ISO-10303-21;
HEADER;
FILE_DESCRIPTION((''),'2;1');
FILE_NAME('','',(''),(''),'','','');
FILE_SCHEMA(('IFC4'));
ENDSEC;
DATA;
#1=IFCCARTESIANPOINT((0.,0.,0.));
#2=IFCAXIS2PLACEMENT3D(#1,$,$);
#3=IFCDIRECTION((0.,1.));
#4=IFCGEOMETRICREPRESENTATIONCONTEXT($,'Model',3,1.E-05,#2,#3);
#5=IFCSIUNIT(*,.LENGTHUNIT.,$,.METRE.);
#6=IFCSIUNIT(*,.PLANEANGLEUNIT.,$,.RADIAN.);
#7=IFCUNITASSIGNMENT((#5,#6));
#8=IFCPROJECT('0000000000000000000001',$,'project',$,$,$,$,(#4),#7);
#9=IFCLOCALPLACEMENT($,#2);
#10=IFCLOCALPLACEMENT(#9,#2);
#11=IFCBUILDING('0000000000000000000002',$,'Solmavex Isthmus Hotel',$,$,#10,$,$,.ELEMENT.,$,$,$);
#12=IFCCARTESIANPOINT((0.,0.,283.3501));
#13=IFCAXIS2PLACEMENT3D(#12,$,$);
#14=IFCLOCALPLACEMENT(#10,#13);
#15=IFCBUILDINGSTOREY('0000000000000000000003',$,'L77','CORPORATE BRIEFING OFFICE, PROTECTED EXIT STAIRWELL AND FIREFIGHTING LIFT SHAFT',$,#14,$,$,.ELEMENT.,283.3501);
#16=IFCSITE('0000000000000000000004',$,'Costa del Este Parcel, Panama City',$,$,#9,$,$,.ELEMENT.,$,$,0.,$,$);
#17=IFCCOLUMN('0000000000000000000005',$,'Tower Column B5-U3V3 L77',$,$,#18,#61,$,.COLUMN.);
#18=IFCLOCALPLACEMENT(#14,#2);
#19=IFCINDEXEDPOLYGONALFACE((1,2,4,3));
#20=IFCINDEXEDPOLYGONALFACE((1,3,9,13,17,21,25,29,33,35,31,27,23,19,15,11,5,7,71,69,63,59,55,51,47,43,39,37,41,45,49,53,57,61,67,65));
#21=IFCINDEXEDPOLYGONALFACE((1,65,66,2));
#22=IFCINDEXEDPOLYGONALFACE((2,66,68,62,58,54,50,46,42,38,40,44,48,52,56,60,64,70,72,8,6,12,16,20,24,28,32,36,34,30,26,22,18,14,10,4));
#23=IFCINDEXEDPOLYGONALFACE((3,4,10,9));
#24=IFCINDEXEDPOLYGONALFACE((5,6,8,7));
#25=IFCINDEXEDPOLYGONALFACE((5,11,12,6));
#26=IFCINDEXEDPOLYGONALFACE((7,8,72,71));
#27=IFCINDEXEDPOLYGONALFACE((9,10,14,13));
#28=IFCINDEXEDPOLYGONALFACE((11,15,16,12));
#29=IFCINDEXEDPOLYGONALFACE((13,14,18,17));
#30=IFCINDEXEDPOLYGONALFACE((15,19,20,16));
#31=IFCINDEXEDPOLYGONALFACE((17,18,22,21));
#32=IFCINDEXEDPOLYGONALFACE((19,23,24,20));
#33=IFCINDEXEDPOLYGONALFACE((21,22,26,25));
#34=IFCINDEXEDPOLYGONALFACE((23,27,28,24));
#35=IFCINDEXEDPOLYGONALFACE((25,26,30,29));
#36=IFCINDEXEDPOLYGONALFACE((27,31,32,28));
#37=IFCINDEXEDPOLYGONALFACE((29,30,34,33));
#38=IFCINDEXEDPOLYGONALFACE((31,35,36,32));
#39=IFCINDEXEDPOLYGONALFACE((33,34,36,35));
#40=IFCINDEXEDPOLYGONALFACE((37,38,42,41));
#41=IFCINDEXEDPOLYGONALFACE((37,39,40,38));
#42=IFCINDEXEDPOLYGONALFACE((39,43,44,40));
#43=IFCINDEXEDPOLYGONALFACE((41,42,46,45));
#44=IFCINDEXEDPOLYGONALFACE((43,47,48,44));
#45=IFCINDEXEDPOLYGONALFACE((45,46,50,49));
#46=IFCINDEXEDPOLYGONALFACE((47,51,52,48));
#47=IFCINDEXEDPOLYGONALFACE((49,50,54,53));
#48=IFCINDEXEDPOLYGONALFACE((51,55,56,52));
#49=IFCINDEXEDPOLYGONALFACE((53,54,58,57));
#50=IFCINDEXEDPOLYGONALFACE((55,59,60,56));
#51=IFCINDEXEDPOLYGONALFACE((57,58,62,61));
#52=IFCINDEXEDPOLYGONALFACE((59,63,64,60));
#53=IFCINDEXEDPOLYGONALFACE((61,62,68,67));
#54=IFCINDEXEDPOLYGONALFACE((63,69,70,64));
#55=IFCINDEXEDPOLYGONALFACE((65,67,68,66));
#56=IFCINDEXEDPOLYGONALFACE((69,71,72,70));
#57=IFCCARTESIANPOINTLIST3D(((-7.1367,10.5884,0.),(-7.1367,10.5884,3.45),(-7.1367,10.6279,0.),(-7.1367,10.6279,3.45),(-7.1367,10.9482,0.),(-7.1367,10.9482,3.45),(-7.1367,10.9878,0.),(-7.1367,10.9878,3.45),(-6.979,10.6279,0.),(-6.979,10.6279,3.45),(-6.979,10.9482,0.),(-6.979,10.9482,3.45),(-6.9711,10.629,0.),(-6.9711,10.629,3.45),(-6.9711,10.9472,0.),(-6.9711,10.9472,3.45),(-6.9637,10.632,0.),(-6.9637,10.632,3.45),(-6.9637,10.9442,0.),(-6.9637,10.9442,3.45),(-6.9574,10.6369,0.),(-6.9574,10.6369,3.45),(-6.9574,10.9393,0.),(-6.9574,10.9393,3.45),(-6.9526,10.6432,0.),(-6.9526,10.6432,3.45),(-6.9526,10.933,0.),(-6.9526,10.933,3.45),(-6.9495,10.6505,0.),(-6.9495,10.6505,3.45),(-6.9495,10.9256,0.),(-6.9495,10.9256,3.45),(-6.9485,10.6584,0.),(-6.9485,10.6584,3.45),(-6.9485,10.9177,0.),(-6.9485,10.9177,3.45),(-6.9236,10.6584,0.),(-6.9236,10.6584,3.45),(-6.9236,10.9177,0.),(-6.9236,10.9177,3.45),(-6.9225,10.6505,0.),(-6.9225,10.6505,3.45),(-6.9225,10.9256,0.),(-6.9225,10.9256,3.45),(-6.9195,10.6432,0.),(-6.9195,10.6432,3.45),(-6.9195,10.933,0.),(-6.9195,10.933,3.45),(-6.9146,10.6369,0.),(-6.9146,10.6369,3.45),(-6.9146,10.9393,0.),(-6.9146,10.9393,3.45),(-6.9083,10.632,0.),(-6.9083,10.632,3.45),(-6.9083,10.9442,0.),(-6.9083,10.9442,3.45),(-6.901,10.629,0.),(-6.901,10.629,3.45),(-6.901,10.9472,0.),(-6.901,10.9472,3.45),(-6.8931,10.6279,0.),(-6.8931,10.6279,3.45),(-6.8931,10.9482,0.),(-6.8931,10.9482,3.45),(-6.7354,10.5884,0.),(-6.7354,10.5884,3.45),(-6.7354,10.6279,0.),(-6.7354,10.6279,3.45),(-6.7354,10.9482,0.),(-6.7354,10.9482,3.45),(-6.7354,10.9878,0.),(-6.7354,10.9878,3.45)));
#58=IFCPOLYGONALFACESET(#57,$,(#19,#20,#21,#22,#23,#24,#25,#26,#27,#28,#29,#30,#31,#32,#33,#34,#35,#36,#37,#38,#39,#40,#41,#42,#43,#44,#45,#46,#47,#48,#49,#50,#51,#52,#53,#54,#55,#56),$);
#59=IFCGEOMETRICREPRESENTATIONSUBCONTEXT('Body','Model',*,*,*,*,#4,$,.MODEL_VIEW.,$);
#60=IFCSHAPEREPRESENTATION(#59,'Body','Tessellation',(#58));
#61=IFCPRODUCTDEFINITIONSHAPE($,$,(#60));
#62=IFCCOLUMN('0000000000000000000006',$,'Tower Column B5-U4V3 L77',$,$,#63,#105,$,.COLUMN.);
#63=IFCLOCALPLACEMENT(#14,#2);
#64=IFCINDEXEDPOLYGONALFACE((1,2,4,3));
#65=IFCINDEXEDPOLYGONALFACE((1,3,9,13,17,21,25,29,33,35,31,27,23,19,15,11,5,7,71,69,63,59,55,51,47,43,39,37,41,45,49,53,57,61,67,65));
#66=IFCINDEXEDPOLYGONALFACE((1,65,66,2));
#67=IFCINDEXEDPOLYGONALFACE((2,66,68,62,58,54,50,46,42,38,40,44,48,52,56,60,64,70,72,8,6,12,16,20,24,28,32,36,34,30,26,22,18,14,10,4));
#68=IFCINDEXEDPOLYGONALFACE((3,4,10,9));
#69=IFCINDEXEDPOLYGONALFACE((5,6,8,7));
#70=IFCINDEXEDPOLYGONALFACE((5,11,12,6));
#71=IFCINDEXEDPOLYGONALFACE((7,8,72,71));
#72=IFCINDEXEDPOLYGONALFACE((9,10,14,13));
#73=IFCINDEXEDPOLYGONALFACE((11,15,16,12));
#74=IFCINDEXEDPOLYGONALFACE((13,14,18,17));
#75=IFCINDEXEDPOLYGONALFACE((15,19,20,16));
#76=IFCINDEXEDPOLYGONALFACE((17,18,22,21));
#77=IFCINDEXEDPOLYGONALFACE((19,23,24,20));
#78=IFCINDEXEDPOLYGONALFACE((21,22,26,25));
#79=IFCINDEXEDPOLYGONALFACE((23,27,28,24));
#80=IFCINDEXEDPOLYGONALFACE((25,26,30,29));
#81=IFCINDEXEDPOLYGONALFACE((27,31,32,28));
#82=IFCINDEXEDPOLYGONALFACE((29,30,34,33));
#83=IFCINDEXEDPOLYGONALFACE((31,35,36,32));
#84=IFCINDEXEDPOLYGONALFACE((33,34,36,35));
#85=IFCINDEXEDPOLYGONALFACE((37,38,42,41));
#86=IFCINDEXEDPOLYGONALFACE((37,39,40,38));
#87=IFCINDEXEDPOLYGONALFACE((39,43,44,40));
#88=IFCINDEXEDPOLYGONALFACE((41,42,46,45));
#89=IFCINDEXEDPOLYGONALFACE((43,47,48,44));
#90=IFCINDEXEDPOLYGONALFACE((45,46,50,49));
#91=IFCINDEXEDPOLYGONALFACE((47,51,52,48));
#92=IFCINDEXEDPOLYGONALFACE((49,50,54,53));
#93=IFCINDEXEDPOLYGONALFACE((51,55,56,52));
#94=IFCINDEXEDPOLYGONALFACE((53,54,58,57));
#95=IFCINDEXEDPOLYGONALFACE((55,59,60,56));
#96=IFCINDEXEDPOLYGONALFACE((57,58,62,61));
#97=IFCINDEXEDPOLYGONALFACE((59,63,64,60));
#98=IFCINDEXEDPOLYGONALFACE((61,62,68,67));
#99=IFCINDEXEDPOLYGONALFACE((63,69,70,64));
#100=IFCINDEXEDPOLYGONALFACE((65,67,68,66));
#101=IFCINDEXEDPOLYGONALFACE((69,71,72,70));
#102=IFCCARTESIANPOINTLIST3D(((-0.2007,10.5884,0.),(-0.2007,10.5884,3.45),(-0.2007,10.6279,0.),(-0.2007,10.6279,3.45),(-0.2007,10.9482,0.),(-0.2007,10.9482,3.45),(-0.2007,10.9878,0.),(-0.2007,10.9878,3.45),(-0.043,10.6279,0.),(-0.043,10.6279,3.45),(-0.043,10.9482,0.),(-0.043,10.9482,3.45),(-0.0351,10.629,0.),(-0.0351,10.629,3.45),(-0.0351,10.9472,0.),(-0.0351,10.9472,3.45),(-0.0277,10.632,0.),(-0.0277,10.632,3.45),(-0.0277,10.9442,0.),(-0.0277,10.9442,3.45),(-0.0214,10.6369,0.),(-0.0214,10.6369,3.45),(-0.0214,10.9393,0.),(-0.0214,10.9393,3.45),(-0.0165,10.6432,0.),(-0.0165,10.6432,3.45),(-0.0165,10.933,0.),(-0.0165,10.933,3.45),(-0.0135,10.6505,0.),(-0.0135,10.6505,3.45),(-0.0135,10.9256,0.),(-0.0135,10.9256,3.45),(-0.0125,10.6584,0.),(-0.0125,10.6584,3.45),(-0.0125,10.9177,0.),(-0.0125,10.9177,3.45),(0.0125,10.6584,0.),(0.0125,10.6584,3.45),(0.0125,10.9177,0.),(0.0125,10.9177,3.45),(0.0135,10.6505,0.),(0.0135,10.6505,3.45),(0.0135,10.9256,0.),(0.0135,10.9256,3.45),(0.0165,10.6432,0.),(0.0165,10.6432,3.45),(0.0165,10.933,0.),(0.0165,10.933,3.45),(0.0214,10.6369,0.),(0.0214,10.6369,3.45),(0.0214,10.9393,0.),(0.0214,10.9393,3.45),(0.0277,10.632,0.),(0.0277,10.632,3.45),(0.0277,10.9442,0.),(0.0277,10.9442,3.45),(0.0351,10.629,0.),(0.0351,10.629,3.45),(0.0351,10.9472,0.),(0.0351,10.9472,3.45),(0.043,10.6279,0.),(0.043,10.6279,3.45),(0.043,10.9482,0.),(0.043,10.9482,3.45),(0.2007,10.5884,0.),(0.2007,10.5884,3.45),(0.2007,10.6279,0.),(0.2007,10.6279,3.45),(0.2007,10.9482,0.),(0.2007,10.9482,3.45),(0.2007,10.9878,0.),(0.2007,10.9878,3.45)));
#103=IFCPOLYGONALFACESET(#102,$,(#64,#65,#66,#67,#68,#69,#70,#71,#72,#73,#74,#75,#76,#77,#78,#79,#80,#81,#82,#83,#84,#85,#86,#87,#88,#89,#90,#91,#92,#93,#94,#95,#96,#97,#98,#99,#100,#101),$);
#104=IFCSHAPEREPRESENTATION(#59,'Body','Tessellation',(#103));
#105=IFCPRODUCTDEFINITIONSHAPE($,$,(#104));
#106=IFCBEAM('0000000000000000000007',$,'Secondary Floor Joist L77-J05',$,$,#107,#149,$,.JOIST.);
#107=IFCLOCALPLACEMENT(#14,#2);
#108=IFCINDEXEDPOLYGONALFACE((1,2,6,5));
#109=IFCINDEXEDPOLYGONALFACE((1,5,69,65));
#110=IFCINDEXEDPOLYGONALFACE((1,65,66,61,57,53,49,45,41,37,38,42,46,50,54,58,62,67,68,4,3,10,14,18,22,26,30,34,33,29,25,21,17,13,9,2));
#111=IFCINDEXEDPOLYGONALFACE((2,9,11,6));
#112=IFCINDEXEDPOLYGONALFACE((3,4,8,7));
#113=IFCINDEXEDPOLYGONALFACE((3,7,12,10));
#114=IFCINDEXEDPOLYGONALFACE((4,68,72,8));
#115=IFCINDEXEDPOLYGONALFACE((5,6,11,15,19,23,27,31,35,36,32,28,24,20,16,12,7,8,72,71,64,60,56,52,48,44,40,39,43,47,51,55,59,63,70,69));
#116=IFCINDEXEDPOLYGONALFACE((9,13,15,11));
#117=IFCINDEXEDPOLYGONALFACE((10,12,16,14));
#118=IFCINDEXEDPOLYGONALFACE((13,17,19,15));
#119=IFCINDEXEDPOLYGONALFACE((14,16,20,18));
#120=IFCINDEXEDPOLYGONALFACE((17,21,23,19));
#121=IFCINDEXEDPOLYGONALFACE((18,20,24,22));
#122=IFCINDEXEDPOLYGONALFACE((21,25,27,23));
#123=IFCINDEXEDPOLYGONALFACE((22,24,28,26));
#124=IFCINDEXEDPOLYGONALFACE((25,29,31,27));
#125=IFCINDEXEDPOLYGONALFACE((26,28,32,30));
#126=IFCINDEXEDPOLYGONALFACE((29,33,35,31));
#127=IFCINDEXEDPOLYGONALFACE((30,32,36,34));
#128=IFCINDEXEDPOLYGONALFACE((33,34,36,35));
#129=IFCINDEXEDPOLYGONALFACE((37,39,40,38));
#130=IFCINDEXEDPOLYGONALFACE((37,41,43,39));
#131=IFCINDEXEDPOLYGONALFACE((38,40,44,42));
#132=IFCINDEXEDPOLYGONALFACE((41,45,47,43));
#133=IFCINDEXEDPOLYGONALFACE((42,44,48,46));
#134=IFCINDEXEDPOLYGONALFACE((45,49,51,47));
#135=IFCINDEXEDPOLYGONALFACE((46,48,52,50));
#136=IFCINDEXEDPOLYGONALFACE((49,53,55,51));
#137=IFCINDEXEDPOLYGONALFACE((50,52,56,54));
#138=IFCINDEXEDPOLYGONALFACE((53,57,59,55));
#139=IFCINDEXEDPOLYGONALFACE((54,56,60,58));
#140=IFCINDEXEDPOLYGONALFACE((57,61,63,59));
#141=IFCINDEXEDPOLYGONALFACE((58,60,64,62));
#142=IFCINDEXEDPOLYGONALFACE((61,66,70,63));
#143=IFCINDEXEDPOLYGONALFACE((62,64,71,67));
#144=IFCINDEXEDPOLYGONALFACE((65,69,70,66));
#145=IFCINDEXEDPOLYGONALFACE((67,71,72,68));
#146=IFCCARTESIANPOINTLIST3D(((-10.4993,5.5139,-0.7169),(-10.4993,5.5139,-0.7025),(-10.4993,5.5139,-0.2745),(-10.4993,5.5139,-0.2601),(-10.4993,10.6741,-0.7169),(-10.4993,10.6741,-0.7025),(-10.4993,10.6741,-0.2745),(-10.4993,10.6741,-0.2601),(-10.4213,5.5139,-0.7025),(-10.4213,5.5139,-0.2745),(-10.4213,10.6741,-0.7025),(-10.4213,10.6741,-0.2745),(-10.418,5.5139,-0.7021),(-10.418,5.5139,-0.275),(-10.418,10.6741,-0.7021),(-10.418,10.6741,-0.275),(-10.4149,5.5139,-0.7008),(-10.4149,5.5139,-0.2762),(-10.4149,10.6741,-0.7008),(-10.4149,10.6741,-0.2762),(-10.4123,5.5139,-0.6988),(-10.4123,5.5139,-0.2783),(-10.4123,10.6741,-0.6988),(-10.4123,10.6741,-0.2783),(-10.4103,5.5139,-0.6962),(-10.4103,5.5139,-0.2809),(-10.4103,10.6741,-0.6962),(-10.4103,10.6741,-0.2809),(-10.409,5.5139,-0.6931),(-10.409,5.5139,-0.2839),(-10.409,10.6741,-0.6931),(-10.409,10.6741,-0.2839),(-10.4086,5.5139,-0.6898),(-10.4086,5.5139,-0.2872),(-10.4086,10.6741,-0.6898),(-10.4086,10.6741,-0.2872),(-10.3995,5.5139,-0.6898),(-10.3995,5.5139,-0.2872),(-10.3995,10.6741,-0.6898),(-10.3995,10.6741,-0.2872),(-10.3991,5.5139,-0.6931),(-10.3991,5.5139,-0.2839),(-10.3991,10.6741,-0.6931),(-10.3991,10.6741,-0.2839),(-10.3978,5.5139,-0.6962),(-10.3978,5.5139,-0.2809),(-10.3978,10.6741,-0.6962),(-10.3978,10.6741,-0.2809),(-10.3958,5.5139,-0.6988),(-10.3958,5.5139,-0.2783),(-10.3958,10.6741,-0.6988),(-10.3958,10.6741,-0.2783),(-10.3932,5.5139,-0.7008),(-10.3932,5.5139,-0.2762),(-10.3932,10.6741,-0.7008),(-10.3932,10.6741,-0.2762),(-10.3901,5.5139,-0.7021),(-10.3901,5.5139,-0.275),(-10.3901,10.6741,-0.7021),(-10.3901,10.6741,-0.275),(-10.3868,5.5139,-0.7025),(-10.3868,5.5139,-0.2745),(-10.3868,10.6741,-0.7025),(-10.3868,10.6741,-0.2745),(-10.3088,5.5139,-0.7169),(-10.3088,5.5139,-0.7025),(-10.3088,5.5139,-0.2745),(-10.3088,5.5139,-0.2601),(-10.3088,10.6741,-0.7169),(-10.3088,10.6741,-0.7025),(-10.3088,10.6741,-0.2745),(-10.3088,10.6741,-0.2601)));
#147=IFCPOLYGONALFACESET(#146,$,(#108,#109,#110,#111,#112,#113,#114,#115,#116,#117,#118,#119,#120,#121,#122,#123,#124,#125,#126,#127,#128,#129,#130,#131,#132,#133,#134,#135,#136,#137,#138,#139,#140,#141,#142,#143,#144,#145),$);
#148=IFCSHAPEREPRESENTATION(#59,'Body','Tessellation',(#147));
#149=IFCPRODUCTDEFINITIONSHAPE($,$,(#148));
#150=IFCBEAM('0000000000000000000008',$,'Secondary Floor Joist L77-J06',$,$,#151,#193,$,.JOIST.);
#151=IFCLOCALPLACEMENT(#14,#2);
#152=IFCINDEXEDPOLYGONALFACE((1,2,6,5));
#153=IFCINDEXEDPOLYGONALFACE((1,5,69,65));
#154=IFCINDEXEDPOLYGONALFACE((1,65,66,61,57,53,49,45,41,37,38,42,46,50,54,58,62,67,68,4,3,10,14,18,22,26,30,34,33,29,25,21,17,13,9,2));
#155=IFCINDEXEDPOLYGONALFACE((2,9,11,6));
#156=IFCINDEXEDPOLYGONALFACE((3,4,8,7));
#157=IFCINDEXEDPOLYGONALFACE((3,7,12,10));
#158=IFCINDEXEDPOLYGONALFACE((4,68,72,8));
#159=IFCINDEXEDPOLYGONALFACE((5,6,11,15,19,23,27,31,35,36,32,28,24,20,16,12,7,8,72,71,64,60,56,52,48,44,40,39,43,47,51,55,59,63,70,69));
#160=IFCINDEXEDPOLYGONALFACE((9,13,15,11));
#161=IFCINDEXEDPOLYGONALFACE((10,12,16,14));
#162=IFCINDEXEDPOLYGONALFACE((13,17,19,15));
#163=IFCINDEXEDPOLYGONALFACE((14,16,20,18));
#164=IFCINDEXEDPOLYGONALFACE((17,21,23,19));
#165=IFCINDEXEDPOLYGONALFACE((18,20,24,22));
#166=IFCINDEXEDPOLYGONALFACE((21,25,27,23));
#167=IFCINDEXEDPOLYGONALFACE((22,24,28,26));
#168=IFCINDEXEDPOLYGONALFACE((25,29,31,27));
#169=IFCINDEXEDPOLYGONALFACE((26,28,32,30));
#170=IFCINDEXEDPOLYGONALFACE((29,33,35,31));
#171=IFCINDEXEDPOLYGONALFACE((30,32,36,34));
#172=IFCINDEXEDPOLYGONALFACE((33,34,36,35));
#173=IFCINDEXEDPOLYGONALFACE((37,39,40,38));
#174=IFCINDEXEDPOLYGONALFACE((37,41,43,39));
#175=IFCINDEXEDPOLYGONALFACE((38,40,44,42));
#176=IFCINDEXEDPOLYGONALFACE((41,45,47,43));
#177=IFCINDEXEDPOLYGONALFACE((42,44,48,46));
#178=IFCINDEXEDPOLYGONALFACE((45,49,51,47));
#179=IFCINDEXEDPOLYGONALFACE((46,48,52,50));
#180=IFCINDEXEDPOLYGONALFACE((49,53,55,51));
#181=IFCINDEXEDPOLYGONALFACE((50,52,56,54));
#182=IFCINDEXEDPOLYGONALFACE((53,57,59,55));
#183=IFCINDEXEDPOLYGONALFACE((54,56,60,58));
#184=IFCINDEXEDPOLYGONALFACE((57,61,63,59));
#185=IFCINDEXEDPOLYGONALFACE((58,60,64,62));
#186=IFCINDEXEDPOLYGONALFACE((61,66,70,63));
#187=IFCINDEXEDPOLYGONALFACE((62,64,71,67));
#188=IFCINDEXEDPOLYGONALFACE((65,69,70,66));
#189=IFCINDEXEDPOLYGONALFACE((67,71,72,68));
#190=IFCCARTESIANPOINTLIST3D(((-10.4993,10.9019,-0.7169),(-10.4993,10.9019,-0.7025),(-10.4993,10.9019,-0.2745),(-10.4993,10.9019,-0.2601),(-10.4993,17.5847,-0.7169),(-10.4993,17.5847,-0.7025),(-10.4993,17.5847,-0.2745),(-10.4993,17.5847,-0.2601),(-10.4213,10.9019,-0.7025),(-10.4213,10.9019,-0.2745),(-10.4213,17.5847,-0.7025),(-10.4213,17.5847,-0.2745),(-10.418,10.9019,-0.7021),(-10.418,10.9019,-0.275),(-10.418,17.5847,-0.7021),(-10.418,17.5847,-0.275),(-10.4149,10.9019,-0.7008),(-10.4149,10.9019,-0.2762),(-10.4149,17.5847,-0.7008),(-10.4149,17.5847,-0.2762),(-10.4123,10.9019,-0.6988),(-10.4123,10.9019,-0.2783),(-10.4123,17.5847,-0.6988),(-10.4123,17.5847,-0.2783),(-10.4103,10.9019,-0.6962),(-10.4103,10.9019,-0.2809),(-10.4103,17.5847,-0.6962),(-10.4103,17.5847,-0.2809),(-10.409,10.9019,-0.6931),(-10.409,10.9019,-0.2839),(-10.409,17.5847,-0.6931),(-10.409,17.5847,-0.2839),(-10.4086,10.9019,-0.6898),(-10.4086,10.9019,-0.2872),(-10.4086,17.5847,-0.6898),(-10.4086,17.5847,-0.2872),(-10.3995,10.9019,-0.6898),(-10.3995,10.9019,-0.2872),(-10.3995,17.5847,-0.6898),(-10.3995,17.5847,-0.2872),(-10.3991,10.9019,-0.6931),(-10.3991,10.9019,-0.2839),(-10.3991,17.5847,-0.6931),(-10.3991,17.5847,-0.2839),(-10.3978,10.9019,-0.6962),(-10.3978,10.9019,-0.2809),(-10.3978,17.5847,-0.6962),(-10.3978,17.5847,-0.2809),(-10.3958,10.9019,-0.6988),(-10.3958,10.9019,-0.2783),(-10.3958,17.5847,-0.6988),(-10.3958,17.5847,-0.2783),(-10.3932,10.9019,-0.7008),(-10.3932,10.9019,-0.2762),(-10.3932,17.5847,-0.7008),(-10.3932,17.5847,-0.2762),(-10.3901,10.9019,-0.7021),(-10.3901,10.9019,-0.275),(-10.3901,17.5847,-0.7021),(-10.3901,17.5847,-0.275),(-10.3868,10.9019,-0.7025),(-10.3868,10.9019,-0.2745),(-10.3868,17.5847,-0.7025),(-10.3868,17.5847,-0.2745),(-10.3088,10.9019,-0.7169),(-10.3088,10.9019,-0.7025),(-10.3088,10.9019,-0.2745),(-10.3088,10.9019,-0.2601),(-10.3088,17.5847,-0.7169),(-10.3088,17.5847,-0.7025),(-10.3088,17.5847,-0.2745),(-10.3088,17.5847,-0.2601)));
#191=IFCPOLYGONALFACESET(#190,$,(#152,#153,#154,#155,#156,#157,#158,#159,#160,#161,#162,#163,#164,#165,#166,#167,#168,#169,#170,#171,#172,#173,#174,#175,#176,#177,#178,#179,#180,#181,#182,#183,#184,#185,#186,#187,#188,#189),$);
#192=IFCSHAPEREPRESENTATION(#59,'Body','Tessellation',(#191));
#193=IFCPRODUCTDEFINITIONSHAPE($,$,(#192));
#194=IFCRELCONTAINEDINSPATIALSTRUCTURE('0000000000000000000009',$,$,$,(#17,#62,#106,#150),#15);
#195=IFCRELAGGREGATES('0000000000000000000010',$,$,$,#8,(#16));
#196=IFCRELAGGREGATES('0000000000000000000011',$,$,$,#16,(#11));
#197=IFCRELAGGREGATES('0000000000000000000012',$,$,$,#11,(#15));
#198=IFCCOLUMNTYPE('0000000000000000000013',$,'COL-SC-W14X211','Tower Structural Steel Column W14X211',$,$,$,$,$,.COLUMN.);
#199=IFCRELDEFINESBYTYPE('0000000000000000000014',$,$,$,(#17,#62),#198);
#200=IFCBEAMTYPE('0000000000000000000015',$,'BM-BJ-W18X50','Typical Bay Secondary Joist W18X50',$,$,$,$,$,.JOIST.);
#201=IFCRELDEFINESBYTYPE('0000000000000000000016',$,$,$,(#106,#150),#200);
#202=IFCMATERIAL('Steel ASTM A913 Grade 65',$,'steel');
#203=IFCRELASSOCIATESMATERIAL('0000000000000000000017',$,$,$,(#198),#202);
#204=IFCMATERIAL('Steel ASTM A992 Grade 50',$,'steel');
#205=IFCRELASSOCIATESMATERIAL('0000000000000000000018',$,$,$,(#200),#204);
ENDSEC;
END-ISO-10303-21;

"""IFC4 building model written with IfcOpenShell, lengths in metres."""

from ifc_helpers import new_model, si_unit, direction, frame, origin, origin_2d, place, context, subcontext, project, spatial, i_section, extrude, material, material_profile, profile_set, type_object, element, save


model = new_model("IFC4")

# Units and contexts
model_context = context("Model", 3, precision=1e-05, world=origin(), true_north=direction((0.0, 1.0)))
body_context = subcontext(model_context, "Body", "Model", "MODEL_VIEW")
ifc_project = project(units=[si_unit("LENGTHUNIT", "METRE"), si_unit("PLANEANGLEUNIT", "RADIAN")], contexts=[model_context])

# Site, building, storey
site_placement = place(None, origin())
site = spatial("IfcSite", under=ifc_project, at=site_placement, Name="Costa del Este Parcel, Panama City", CompositionType="ELEMENT", RefElevation=0.0)
building_placement = place(site_placement, origin())
building = spatial("IfcBuilding", under=site, at=building_placement, Name="Solmavex Isthmus Hotel", CompositionType="ELEMENT")
storey_placement = place(building_placement, frame((0.0, 0.0, 283.3501)))
storey = spatial("IfcBuildingStorey", under=building, at=storey_placement, Name="L77", Description="CORPORATE BRIEFING OFFICE, PROTECTED EXIT STAIRWELL AND FIREFIGHTING LIFT SHAFT", CompositionType="ELEMENT", Elevation=283.3501)

# Columns
ifc_material_1 = material(Name="Steel ASTM A913 Grade 65", Category="steel")
ifc_material_profile_1 = material_profile(ifc_material_1, i_section(OverallWidth=0.4014, OverallDepth=0.3994, WebThickness=0.0249, FlangeThickness=0.0396, FilletRadius=0.0305, at=origin_2d()), Name="W14X211")
ifc_profile_set_1 = profile_set([ifc_material_profile_1], Name="Steel ASTM A913 Grade 65")
column_type = type_object("IfcColumnType", Name="COL-SC-W14X211", Description="Tower Structural Steel Column W14X211", PredefinedType="COLUMN", material=ifc_profile_set_1)
for number, where, z_axis, x_axis, name in (
    (1, (-6.936, 10.7881, 0.0), (0.0, 0.0, 1.0), (1.0, 0.0, 0.0), "Tower Column B5-U3V3 L77"),
    (2, (0.0, 10.7881, 0.0), (0.0, 0.0, 1.0), (1.0, 0.0, 0.0), "Tower Column B5-U4V3 L77"),
):
    element("IfcColumn", number, at=place(storey_placement, frame(where, z_axis=z_axis, x_axis=x_axis)), inside=storey, type_object=column_type, Name=name, PredefinedType="COLUMN", context=body_context, shape_type="SweptSolid", body=[
        extrude(i_section(OverallWidth=0.4014, OverallDepth=0.3994, WebThickness=0.0249, FlangeThickness=0.0396, FilletRadius=0.0305, at=origin_2d()), origin(), (0.0, 0.0, 1.0), 3.45),
    ])

# Beams
ifc_material_2 = material(Name="Steel ASTM A992 Grade 50", Category="steel")
ifc_material_profile_2 = material_profile(ifc_material_2, i_section(OverallWidth=0.1904, OverallDepth=0.4568, WebThickness=0.009, FlangeThickness=0.0144, FilletRadius=0.0127, at=origin_2d()), Name="W18X50")
ifc_profile_set_2 = profile_set([ifc_material_profile_2], Name="Steel ASTM A992 Grade 50")
beam_type_1 = type_object("IfcBeamType", Name="BM-BJ-W18X50", Description="Typical Bay Secondary Joist W18X50", PredefinedType="JOIST", material=ifc_profile_set_2)
beam_1_placement = place(storey_placement, frame((-10.4041, 5.5139, -0.4885), z_axis=(0.0, 1.0, 0.0), x_axis=(-1.0, 0.0, 0.0)))
element("IfcBeam", 3, at=beam_1_placement, inside=storey, type_object=beam_type_1, Name="Secondary Floor Joist L77-J05", PredefinedType="JOIST", context=body_context, shape_type="SweptSolid", body=[
    extrude(i_section(OverallWidth=0.1904, OverallDepth=0.4568, WebThickness=0.009, FlangeThickness=0.0144, FilletRadius=0.0127, at=origin_2d()), origin(), (0.0, 0.0, 1.0), 5.1602),
])
beam_2_placement = place(storey_placement, frame((-10.4041, 10.9019, -0.4885), z_axis=(0.0, 1.0, 0.0), x_axis=(-1.0, 0.0, 0.0)))
element("IfcBeam", 4, at=beam_2_placement, inside=storey, type_object=beam_type_1, Name="Secondary Floor Joist L77-J06", PredefinedType="JOIST", context=body_context, shape_type="SweptSolid", body=[
    extrude(i_section(OverallWidth=0.1904, OverallDepth=0.4568, WebThickness=0.009, FlangeThickness=0.0144, FilletRadius=0.0127, at=origin_2d()), origin(), (0.0, 0.0, 1.0), 6.6829),
])

save(model, "model.ifc")
